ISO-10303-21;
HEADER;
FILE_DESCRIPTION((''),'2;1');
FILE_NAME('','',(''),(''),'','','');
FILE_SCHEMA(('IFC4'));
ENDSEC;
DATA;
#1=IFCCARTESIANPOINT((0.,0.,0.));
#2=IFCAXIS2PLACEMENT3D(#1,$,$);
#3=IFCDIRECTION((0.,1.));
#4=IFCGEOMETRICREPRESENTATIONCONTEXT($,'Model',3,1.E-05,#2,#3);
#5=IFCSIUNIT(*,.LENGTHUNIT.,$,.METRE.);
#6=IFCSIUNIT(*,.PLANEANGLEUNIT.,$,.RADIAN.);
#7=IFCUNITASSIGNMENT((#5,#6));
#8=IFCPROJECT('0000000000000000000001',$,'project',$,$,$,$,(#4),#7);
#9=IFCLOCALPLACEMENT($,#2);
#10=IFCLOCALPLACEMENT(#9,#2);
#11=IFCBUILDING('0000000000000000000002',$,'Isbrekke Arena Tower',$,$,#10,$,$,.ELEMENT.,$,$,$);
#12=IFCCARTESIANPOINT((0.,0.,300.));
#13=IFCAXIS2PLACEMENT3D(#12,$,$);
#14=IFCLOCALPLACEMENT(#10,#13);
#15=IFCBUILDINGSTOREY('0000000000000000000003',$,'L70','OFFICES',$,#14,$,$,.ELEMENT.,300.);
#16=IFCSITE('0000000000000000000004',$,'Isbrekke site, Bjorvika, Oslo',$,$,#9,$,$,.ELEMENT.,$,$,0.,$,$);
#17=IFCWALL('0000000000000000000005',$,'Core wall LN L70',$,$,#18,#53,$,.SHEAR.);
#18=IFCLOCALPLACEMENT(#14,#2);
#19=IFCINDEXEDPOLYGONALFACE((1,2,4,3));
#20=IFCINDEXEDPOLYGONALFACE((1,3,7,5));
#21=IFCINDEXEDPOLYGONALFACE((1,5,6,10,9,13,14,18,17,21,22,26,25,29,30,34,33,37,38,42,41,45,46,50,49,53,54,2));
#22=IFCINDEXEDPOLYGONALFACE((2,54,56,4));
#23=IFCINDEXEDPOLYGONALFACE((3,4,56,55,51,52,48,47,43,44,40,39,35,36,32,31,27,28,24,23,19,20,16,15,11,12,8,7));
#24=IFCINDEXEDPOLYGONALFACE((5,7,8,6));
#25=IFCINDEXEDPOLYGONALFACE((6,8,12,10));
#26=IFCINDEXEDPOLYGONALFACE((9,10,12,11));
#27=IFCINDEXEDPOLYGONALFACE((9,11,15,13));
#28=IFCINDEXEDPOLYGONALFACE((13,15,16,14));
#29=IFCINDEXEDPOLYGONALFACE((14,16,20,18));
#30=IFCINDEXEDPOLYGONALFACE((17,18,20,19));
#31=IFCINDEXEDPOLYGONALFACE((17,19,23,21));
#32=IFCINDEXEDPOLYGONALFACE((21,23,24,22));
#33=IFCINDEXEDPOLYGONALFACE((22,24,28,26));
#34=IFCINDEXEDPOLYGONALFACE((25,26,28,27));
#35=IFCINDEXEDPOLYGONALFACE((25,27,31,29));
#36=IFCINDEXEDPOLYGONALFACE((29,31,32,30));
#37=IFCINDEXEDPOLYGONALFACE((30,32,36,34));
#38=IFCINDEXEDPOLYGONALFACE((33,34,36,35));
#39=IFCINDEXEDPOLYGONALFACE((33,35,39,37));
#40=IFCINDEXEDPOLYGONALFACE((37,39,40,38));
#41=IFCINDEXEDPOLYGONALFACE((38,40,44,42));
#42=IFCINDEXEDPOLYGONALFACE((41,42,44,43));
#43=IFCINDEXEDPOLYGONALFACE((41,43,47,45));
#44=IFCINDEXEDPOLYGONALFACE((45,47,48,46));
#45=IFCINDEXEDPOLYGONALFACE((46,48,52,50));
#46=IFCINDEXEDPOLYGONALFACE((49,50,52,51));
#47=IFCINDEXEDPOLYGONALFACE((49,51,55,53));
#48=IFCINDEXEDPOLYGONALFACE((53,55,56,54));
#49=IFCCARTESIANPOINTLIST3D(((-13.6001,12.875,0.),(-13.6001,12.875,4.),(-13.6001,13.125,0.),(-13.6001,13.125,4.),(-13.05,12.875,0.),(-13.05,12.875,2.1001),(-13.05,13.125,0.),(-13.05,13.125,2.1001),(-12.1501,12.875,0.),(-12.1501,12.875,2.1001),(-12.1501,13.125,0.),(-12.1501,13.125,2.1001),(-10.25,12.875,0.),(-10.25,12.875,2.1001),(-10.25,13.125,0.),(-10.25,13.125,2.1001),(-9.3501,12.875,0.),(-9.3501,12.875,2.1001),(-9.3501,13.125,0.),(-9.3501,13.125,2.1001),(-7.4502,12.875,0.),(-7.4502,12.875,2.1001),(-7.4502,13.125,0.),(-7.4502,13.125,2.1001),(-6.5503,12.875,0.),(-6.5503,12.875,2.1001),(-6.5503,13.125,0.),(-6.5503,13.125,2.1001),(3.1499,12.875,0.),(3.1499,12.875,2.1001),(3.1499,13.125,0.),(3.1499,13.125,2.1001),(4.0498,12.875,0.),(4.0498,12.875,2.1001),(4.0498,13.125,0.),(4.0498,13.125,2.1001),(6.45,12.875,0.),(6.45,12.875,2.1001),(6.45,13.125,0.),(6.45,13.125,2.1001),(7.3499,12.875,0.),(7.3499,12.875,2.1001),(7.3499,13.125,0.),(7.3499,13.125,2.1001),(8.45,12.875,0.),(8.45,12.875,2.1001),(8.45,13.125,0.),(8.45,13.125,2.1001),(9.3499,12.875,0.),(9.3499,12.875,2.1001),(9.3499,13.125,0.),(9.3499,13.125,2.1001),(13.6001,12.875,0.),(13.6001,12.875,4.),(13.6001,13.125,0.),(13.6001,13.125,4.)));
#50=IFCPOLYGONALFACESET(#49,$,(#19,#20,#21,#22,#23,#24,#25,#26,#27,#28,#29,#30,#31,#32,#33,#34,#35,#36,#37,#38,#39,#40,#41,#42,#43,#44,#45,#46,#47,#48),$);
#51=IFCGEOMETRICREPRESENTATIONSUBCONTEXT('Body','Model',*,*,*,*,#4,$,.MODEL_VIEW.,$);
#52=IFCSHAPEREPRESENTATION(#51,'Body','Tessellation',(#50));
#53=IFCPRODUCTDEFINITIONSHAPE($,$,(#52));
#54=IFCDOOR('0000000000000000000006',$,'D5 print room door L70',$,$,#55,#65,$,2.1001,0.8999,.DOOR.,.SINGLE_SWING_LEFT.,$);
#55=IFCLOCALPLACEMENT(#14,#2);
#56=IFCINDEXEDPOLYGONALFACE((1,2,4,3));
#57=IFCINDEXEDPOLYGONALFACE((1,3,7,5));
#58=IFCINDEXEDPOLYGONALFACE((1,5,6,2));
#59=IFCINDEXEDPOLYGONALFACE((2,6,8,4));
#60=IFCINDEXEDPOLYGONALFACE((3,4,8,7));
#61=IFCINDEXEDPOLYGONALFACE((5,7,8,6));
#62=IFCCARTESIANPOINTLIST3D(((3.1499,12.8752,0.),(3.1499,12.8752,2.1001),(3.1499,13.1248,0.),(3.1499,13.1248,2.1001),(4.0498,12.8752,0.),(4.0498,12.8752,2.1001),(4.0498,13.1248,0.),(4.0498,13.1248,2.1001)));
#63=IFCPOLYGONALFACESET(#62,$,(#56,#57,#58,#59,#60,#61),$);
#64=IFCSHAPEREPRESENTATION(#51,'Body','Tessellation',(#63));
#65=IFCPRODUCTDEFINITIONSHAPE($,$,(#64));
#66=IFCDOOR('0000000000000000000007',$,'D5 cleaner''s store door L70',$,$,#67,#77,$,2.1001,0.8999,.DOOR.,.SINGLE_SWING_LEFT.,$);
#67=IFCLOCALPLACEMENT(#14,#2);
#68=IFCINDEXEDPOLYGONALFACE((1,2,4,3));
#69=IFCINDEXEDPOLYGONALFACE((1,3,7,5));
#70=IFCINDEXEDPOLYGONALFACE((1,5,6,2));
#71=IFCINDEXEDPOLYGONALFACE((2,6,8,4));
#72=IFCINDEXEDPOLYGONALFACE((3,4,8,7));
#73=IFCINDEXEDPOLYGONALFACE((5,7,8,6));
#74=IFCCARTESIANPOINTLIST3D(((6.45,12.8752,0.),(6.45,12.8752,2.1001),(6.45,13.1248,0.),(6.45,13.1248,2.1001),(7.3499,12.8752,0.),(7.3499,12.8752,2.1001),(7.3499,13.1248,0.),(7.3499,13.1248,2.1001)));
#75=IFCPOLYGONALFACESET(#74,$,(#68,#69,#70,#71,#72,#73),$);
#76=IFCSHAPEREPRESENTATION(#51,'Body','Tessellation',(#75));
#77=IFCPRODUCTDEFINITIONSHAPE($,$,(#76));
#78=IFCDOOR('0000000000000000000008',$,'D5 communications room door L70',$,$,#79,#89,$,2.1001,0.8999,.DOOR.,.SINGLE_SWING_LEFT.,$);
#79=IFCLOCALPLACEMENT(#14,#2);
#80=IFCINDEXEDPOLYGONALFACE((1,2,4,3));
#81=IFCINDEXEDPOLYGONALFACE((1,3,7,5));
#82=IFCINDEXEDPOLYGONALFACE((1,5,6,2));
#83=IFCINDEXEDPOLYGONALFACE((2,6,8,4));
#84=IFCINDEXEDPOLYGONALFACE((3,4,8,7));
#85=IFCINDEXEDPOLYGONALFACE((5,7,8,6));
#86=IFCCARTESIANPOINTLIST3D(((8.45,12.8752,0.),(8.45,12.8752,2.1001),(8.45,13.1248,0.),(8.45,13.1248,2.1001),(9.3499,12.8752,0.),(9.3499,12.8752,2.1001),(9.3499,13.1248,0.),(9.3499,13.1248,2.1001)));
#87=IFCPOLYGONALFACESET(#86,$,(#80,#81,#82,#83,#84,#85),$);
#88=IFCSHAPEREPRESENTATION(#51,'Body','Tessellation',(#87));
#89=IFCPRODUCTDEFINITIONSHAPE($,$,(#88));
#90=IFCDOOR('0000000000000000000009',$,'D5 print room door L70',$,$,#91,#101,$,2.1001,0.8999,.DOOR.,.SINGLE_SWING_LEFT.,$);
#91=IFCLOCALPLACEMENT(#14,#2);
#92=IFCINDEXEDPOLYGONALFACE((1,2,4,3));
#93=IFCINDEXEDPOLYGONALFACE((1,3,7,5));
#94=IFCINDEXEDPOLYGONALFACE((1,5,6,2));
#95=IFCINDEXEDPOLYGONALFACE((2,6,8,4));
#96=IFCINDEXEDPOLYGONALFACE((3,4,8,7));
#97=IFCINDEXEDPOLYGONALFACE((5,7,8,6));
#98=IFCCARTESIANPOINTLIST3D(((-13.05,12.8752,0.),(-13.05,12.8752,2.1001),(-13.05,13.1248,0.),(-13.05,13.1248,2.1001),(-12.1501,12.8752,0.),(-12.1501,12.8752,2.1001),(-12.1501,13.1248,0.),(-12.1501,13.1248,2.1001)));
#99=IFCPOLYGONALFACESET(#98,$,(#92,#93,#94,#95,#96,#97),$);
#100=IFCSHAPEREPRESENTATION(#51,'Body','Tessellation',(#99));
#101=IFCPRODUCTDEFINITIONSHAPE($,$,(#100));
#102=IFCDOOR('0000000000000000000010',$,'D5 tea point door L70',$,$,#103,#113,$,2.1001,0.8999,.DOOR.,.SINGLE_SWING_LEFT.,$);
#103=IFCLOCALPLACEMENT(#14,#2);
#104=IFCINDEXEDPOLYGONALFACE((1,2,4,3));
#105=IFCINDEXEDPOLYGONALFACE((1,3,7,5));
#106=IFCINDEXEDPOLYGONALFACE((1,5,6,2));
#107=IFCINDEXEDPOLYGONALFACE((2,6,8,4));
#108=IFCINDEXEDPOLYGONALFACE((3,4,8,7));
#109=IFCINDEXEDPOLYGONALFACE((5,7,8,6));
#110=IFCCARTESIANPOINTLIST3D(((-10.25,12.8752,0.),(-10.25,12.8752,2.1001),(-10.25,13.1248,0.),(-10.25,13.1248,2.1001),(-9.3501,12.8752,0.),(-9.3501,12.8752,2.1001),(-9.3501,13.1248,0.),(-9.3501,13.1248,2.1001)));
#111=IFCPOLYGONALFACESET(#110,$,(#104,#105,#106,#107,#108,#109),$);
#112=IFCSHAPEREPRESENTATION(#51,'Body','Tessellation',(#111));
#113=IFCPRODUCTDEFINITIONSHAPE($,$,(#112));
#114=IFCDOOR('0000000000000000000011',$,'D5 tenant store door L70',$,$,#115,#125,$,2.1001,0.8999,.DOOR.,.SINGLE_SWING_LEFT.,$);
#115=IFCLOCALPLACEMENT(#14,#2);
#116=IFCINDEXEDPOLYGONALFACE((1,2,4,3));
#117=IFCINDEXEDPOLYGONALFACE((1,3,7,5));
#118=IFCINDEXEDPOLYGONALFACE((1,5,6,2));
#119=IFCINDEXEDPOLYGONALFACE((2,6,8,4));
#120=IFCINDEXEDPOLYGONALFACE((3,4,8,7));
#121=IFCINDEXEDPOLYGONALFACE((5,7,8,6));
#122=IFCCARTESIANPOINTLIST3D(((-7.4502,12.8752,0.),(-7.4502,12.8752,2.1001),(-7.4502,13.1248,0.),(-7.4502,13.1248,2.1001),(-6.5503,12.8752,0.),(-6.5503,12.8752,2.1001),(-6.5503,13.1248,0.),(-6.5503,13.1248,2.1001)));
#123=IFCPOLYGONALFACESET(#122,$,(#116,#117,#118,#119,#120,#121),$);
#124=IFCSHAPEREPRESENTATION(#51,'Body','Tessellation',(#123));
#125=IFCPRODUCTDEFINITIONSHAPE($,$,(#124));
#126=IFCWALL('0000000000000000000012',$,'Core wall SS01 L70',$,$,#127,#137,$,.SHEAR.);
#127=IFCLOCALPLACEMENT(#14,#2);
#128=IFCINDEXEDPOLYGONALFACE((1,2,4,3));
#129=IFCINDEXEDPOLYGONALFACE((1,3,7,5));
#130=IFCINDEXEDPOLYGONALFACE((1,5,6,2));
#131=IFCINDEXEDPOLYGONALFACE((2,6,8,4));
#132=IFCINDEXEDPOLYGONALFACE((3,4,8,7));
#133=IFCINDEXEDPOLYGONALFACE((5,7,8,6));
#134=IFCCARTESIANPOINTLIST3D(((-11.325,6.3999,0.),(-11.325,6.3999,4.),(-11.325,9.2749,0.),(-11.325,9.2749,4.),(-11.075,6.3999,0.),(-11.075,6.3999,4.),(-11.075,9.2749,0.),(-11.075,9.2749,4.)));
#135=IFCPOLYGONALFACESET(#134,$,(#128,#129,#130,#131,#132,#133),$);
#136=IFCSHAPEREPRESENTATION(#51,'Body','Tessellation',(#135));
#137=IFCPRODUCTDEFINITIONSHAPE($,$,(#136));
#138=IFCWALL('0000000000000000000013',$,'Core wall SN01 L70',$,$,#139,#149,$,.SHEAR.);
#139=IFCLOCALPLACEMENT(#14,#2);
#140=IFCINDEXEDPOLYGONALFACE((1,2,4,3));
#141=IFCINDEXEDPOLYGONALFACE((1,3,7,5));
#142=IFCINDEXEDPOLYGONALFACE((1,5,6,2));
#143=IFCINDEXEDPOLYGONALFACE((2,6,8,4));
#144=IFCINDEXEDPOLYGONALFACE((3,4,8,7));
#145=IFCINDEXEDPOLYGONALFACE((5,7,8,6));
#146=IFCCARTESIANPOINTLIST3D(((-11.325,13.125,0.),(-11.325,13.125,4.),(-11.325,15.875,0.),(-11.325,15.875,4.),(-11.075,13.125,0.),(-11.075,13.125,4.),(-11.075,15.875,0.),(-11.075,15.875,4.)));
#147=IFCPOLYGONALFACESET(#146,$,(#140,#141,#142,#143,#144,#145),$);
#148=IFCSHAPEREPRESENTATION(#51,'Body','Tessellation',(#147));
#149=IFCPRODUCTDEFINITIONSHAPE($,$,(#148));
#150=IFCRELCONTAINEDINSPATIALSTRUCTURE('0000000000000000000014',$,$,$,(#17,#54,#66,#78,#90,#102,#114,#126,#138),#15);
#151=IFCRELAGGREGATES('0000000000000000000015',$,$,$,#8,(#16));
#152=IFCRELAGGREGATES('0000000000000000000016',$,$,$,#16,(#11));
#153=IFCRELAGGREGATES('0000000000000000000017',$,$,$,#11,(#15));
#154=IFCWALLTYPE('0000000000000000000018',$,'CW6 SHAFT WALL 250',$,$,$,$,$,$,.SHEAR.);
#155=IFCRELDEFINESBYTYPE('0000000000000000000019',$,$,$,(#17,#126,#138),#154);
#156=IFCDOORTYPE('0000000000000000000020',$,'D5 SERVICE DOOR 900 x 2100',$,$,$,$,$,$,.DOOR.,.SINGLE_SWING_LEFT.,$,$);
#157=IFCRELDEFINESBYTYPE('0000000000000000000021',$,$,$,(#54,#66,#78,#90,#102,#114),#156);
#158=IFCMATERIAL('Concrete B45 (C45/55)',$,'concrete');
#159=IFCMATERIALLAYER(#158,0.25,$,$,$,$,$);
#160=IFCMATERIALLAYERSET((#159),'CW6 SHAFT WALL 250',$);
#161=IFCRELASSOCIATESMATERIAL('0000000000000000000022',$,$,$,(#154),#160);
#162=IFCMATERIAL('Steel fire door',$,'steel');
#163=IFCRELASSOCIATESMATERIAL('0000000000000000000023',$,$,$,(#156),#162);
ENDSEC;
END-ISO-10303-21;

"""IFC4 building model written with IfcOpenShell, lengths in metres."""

from ifc_helpers import new_model, si_unit, direction, frame, frame_2d, origin, place, context, subcontext, project, spatial, rectangle, extrude, material, layer, layer_set, type_object, element, fill, save


model = new_model("IFC4")

# Units and contexts
model_context = context("Model", 3, precision=1e-05, world=origin(), true_north=direction((0.0, 1.0)))
body_context = subcontext(model_context, "Body", "Model", "MODEL_VIEW")
ifc_project = project(units=[si_unit("LENGTHUNIT", "METRE"), si_unit("PLANEANGLEUNIT", "RADIAN")], contexts=[model_context])

# Site, building, storey
site_placement = place(None, origin())
site = spatial("IfcSite", under=ifc_project, at=site_placement, Name="Isbrekke site, Bjorvika, Oslo", CompositionType="ELEMENT", RefElevation=0.0)
building_placement = place(site_placement, origin())
building = spatial("IfcBuilding", under=site, at=building_placement, Name="Isbrekke Arena Tower", CompositionType="ELEMENT")
storey_placement = place(building_placement, frame((0.0, 0.0, 300.0)))
storey = spatial("IfcBuildingStorey", under=building, at=storey_placement, Name="L70", Description="OFFICES", CompositionType="ELEMENT", Elevation=300.0)

# Wall, openings, doors
ifc_material_1 = material(Name="Concrete B45 (C45/55)", Category="concrete")
ifc_layer_1 = layer(ifc_material_1, 0.25)
ifc_layer_set_1 = layer_set([ifc_layer_1], Name="CW6 SHAFT WALL 250")
wall_type_1 = type_object("IfcWallType", Name="CW6 SHAFT WALL 250", PredefinedType="SHEAR", material=ifc_layer_set_1)
ifc_material_2 = material(Name="Steel fire door", Category="steel")
door_type_1 = type_object("IfcDoorType", Name="D5 SERVICE DOOR 900 x 2100", OperationType="SINGLE_SWING_LEFT", PredefinedType="DOOR", material=ifc_material_2)
wall_1_placement = place(storey_placement, frame((-13.6001, 13.0, 0.0), z_axis=(0.0, 0.0, 1.0), x_axis=(1.0, 0.0, 0.0)))
wall_1 = element("IfcWall", 1, at=wall_1_placement, inside=storey, type_object=wall_type_1, Name="Core wall LN L70", PredefinedType="SHEAR", context=body_context, shape_type="SweptSolid", body=[
    extrude(rectangle(XDim=27.2002, YDim=0.25, at=frame_2d((13.6001, 0.0))), origin(), (0.0, 0.0, 1.0), 4.0),
])
opening_1_placement = place(wall_1_placement, frame((16.75, 0.0, 0.0)))
opening_1 = element("IfcOpeningElement", 2, at=opening_1_placement, cuts=wall_1, PredefinedType="OPENING", context=body_context, shape_type="SweptSolid", body=[
    extrude(rectangle(XDim=0.8999, YDim=2.1001, at=frame_2d((0.45, 1.05))), frame((0.0, 0.1399, 0.0), z_axis=(0.0, -1.0, 0.0), x_axis=(1.0, 0.0, 0.0)), (0.0, 0.0, 1.0), 0.2798),
])
opening_2_placement = place(wall_1_placement, frame((20.05, 0.0, 0.0)))
opening_2 = element("IfcOpeningElement", 3, at=opening_2_placement, cuts=wall_1, PredefinedType="OPENING", context=body_context, shape_type="SweptSolid", body=[
    extrude(rectangle(XDim=0.8999, YDim=2.1001, at=frame_2d((0.45, 1.05))), frame((0.0, 0.1399, 0.0), z_axis=(0.0, -1.0, 0.0), x_axis=(1.0, 0.0, 0.0)), (0.0, 0.0, 1.0), 0.2798),
])
opening_3_placement = place(wall_1_placement, frame((22.05, 0.0, 0.0)))
opening_3 = element("IfcOpeningElement", 4, at=opening_3_placement, cuts=wall_1, PredefinedType="OPENING", context=body_context, shape_type="SweptSolid", body=[
    extrude(rectangle(XDim=0.8999, YDim=2.1001, at=frame_2d((0.45, 1.05))), frame((0.0, 0.1399, 0.0), z_axis=(0.0, -1.0, 0.0), x_axis=(1.0, 0.0, 0.0)), (0.0, 0.0, 1.0), 0.2798),
])
opening_4_placement = place(wall_1_placement, frame((0.55, 0.0, 0.0)))
opening_4 = element("IfcOpeningElement", 5, at=opening_4_placement, cuts=wall_1, PredefinedType="OPENING", context=body_context, shape_type="SweptSolid", body=[
    extrude(rectangle(XDim=0.8999, YDim=2.1001, at=frame_2d((0.45, 1.05))), frame((0.0, 0.1399, 0.0), z_axis=(0.0, -1.0, 0.0), x_axis=(1.0, 0.0, 0.0)), (0.0, 0.0, 1.0), 0.2798),
])
opening_5_placement = place(wall_1_placement, frame((3.3501, 0.0, 0.0)))
opening_5 = element("IfcOpeningElement", 6, at=opening_5_placement, cuts=wall_1, PredefinedType="OPENING", context=body_context, shape_type="SweptSolid", body=[
    extrude(rectangle(XDim=0.8999, YDim=2.1001, at=frame_2d((0.45, 1.05))), frame((0.0, 0.1399, 0.0), z_axis=(0.0, -1.0, 0.0), x_axis=(1.0, 0.0, 0.0)), (0.0, 0.0, 1.0), 0.2798),
])
opening_6_placement = place(wall_1_placement, frame((6.1499, 0.0, 0.0)))
opening_6 = element("IfcOpeningElement", 7, at=opening_6_placement, cuts=wall_1, PredefinedType="OPENING", context=body_context, shape_type="SweptSolid", body=[
    extrude(rectangle(XDim=0.8999, YDim=2.1001, at=frame_2d((0.45, 1.05))), frame((0.0, 0.1399, 0.0), z_axis=(0.0, -1.0, 0.0), x_axis=(1.0, 0.0, 0.0)), (0.0, 0.0, 1.0), 0.2798),
])
door_1_placement = place(opening_1_placement, origin())
door_1 = element("IfcDoor", 8, at=door_1_placement, inside=storey, type_object=door_type_1, Name="D5 print room door L70", OperationType="SINGLE_SWING_LEFT", OverallHeight=2.1001, OverallWidth=0.8999, PredefinedType="DOOR", context=body_context, shape_type="SweptSolid", body=[
    extrude(rectangle(XDim=0.8999, YDim=2.1001, at=frame_2d((0.45, 1.05))), frame((0.0, 0.1248, 0.0), z_axis=(0.0, -1.0, 0.0), x_axis=(1.0, 0.0, 0.0)), (0.0, 0.0, 1.0), 0.2495),
])
fill(opening_1, door_1)
door_2_placement = place(opening_2_placement, origin())
door_2 = element("IfcDoor", 9, at=door_2_placement, inside=storey, type_object=door_type_1, Name="D5 cleaner's store door L70", OperationType="SINGLE_SWING_LEFT", OverallHeight=2.1001, OverallWidth=0.8999, PredefinedType="DOOR", context=body_context, shape_type="SweptSolid", body=[
    extrude(rectangle(XDim=0.8999, YDim=2.1001, at=frame_2d((0.45, 1.05))), frame((0.0, 0.1248, 0.0), z_axis=(0.0, -1.0, 0.0), x_axis=(1.0, 0.0, 0.0)), (0.0, 0.0, 1.0), 0.2495),
])
fill(opening_2, door_2)
door_3_placement = place(opening_3_placement, origin())
door_3 = element("IfcDoor", 10, at=door_3_placement, inside=storey, type_object=door_type_1, Name="D5 communications room door L70", OperationType="SINGLE_SWING_LEFT", OverallHeight=2.1001, OverallWidth=0.8999, PredefinedType="DOOR", context=body_context, shape_type="SweptSolid", body=[
    extrude(rectangle(XDim=0.8999, YDim=2.1001, at=frame_2d((0.45, 1.05))), frame((0.0, 0.1248, 0.0), z_axis=(0.0, -1.0, 0.0), x_axis=(1.0, 0.0, 0.0)), (0.0, 0.0, 1.0), 0.2495),
])
fill(opening_3, door_3)
door_4_placement = place(opening_4_placement, origin())
door_4 = element("IfcDoor", 11, at=door_4_placement, inside=storey, type_object=door_type_1, Name="D5 print room door L70", OperationType="SINGLE_SWING_LEFT", OverallHeight=2.1001, OverallWidth=0.8999, PredefinedType="DOOR", context=body_context, shape_type="SweptSolid", body=[
    extrude(rectangle(XDim=0.8999, YDim=2.1001, at=frame_2d((0.45, 1.05))), frame((0.0, 0.1248, 0.0), z_axis=(0.0, -1.0, 0.0), x_axis=(1.0, 0.0, 0.0)), (0.0, 0.0, 1.0), 0.2495),
])
fill(opening_4, door_4)
door_5_placement = place(opening_5_placement, origin())
door_5 = element("IfcDoor", 12, at=door_5_placement, inside=storey, type_object=door_type_1, Name="D5 tea point door L70", OperationType="SINGLE_SWING_LEFT", OverallHeight=2.1001, OverallWidth=0.8999, PredefinedType="DOOR", context=body_context, shape_type="SweptSolid", body=[
    extrude(rectangle(XDim=0.8999, YDim=2.1001, at=frame_2d((0.45, 1.05))), frame((0.0, 0.1248, 0.0), z_axis=(0.0, -1.0, 0.0), x_axis=(1.0, 0.0, 0.0)), (0.0, 0.0, 1.0), 0.2495),
])
fill(opening_5, door_5)
door_6_placement = place(opening_6_placement, origin())
door_6 = element("IfcDoor", 13, at=door_6_placement, inside=storey, type_object=door_type_1, Name="D5 tenant store door L70", OperationType="SINGLE_SWING_LEFT", OverallHeight=2.1001, OverallWidth=0.8999, PredefinedType="DOOR", context=body_context, shape_type="SweptSolid", body=[
    extrude(rectangle(XDim=0.8999, YDim=2.1001, at=frame_2d((0.45, 1.05))), frame((0.0, 0.1248, 0.0), z_axis=(0.0, -1.0, 0.0), x_axis=(1.0, 0.0, 0.0)), (0.0, 0.0, 1.0), 0.2495),
])
fill(opening_6, door_6)

# Walls
wall_2_placement = place(storey_placement, frame((-11.2, 6.3999, 0.0), z_axis=(0.0, 0.0, 1.0), x_axis=(0.0, 1.0, 0.0)))
element("IfcWall", 14, at=wall_2_placement, inside=storey, type_object=wall_type_1, Name="Core wall SS01 L70", PredefinedType="SHEAR", context=body_context, shape_type="SweptSolid", body=[
    extrude(rectangle(XDim=2.875, YDim=0.25, at=frame_2d((1.4375, 0.0))), origin(), (0.0, 0.0, 1.0), 4.0),
])
wall_3_placement = place(storey_placement, frame((-11.2, 13.125, 0.0), z_axis=(0.0, 0.0, 1.0), x_axis=(0.0, 1.0, 0.0)))
element("IfcWall", 15, at=wall_3_placement, inside=storey, type_object=wall_type_1, Name="Core wall SN01 L70", PredefinedType="SHEAR", context=body_context, shape_type="SweptSolid", body=[
    extrude(rectangle(XDim=2.75, YDim=0.25, at=frame_2d((1.375, 0.0))), origin(), (0.0, 0.0, 1.0), 4.0),
])

save(model, "model.ifc")
